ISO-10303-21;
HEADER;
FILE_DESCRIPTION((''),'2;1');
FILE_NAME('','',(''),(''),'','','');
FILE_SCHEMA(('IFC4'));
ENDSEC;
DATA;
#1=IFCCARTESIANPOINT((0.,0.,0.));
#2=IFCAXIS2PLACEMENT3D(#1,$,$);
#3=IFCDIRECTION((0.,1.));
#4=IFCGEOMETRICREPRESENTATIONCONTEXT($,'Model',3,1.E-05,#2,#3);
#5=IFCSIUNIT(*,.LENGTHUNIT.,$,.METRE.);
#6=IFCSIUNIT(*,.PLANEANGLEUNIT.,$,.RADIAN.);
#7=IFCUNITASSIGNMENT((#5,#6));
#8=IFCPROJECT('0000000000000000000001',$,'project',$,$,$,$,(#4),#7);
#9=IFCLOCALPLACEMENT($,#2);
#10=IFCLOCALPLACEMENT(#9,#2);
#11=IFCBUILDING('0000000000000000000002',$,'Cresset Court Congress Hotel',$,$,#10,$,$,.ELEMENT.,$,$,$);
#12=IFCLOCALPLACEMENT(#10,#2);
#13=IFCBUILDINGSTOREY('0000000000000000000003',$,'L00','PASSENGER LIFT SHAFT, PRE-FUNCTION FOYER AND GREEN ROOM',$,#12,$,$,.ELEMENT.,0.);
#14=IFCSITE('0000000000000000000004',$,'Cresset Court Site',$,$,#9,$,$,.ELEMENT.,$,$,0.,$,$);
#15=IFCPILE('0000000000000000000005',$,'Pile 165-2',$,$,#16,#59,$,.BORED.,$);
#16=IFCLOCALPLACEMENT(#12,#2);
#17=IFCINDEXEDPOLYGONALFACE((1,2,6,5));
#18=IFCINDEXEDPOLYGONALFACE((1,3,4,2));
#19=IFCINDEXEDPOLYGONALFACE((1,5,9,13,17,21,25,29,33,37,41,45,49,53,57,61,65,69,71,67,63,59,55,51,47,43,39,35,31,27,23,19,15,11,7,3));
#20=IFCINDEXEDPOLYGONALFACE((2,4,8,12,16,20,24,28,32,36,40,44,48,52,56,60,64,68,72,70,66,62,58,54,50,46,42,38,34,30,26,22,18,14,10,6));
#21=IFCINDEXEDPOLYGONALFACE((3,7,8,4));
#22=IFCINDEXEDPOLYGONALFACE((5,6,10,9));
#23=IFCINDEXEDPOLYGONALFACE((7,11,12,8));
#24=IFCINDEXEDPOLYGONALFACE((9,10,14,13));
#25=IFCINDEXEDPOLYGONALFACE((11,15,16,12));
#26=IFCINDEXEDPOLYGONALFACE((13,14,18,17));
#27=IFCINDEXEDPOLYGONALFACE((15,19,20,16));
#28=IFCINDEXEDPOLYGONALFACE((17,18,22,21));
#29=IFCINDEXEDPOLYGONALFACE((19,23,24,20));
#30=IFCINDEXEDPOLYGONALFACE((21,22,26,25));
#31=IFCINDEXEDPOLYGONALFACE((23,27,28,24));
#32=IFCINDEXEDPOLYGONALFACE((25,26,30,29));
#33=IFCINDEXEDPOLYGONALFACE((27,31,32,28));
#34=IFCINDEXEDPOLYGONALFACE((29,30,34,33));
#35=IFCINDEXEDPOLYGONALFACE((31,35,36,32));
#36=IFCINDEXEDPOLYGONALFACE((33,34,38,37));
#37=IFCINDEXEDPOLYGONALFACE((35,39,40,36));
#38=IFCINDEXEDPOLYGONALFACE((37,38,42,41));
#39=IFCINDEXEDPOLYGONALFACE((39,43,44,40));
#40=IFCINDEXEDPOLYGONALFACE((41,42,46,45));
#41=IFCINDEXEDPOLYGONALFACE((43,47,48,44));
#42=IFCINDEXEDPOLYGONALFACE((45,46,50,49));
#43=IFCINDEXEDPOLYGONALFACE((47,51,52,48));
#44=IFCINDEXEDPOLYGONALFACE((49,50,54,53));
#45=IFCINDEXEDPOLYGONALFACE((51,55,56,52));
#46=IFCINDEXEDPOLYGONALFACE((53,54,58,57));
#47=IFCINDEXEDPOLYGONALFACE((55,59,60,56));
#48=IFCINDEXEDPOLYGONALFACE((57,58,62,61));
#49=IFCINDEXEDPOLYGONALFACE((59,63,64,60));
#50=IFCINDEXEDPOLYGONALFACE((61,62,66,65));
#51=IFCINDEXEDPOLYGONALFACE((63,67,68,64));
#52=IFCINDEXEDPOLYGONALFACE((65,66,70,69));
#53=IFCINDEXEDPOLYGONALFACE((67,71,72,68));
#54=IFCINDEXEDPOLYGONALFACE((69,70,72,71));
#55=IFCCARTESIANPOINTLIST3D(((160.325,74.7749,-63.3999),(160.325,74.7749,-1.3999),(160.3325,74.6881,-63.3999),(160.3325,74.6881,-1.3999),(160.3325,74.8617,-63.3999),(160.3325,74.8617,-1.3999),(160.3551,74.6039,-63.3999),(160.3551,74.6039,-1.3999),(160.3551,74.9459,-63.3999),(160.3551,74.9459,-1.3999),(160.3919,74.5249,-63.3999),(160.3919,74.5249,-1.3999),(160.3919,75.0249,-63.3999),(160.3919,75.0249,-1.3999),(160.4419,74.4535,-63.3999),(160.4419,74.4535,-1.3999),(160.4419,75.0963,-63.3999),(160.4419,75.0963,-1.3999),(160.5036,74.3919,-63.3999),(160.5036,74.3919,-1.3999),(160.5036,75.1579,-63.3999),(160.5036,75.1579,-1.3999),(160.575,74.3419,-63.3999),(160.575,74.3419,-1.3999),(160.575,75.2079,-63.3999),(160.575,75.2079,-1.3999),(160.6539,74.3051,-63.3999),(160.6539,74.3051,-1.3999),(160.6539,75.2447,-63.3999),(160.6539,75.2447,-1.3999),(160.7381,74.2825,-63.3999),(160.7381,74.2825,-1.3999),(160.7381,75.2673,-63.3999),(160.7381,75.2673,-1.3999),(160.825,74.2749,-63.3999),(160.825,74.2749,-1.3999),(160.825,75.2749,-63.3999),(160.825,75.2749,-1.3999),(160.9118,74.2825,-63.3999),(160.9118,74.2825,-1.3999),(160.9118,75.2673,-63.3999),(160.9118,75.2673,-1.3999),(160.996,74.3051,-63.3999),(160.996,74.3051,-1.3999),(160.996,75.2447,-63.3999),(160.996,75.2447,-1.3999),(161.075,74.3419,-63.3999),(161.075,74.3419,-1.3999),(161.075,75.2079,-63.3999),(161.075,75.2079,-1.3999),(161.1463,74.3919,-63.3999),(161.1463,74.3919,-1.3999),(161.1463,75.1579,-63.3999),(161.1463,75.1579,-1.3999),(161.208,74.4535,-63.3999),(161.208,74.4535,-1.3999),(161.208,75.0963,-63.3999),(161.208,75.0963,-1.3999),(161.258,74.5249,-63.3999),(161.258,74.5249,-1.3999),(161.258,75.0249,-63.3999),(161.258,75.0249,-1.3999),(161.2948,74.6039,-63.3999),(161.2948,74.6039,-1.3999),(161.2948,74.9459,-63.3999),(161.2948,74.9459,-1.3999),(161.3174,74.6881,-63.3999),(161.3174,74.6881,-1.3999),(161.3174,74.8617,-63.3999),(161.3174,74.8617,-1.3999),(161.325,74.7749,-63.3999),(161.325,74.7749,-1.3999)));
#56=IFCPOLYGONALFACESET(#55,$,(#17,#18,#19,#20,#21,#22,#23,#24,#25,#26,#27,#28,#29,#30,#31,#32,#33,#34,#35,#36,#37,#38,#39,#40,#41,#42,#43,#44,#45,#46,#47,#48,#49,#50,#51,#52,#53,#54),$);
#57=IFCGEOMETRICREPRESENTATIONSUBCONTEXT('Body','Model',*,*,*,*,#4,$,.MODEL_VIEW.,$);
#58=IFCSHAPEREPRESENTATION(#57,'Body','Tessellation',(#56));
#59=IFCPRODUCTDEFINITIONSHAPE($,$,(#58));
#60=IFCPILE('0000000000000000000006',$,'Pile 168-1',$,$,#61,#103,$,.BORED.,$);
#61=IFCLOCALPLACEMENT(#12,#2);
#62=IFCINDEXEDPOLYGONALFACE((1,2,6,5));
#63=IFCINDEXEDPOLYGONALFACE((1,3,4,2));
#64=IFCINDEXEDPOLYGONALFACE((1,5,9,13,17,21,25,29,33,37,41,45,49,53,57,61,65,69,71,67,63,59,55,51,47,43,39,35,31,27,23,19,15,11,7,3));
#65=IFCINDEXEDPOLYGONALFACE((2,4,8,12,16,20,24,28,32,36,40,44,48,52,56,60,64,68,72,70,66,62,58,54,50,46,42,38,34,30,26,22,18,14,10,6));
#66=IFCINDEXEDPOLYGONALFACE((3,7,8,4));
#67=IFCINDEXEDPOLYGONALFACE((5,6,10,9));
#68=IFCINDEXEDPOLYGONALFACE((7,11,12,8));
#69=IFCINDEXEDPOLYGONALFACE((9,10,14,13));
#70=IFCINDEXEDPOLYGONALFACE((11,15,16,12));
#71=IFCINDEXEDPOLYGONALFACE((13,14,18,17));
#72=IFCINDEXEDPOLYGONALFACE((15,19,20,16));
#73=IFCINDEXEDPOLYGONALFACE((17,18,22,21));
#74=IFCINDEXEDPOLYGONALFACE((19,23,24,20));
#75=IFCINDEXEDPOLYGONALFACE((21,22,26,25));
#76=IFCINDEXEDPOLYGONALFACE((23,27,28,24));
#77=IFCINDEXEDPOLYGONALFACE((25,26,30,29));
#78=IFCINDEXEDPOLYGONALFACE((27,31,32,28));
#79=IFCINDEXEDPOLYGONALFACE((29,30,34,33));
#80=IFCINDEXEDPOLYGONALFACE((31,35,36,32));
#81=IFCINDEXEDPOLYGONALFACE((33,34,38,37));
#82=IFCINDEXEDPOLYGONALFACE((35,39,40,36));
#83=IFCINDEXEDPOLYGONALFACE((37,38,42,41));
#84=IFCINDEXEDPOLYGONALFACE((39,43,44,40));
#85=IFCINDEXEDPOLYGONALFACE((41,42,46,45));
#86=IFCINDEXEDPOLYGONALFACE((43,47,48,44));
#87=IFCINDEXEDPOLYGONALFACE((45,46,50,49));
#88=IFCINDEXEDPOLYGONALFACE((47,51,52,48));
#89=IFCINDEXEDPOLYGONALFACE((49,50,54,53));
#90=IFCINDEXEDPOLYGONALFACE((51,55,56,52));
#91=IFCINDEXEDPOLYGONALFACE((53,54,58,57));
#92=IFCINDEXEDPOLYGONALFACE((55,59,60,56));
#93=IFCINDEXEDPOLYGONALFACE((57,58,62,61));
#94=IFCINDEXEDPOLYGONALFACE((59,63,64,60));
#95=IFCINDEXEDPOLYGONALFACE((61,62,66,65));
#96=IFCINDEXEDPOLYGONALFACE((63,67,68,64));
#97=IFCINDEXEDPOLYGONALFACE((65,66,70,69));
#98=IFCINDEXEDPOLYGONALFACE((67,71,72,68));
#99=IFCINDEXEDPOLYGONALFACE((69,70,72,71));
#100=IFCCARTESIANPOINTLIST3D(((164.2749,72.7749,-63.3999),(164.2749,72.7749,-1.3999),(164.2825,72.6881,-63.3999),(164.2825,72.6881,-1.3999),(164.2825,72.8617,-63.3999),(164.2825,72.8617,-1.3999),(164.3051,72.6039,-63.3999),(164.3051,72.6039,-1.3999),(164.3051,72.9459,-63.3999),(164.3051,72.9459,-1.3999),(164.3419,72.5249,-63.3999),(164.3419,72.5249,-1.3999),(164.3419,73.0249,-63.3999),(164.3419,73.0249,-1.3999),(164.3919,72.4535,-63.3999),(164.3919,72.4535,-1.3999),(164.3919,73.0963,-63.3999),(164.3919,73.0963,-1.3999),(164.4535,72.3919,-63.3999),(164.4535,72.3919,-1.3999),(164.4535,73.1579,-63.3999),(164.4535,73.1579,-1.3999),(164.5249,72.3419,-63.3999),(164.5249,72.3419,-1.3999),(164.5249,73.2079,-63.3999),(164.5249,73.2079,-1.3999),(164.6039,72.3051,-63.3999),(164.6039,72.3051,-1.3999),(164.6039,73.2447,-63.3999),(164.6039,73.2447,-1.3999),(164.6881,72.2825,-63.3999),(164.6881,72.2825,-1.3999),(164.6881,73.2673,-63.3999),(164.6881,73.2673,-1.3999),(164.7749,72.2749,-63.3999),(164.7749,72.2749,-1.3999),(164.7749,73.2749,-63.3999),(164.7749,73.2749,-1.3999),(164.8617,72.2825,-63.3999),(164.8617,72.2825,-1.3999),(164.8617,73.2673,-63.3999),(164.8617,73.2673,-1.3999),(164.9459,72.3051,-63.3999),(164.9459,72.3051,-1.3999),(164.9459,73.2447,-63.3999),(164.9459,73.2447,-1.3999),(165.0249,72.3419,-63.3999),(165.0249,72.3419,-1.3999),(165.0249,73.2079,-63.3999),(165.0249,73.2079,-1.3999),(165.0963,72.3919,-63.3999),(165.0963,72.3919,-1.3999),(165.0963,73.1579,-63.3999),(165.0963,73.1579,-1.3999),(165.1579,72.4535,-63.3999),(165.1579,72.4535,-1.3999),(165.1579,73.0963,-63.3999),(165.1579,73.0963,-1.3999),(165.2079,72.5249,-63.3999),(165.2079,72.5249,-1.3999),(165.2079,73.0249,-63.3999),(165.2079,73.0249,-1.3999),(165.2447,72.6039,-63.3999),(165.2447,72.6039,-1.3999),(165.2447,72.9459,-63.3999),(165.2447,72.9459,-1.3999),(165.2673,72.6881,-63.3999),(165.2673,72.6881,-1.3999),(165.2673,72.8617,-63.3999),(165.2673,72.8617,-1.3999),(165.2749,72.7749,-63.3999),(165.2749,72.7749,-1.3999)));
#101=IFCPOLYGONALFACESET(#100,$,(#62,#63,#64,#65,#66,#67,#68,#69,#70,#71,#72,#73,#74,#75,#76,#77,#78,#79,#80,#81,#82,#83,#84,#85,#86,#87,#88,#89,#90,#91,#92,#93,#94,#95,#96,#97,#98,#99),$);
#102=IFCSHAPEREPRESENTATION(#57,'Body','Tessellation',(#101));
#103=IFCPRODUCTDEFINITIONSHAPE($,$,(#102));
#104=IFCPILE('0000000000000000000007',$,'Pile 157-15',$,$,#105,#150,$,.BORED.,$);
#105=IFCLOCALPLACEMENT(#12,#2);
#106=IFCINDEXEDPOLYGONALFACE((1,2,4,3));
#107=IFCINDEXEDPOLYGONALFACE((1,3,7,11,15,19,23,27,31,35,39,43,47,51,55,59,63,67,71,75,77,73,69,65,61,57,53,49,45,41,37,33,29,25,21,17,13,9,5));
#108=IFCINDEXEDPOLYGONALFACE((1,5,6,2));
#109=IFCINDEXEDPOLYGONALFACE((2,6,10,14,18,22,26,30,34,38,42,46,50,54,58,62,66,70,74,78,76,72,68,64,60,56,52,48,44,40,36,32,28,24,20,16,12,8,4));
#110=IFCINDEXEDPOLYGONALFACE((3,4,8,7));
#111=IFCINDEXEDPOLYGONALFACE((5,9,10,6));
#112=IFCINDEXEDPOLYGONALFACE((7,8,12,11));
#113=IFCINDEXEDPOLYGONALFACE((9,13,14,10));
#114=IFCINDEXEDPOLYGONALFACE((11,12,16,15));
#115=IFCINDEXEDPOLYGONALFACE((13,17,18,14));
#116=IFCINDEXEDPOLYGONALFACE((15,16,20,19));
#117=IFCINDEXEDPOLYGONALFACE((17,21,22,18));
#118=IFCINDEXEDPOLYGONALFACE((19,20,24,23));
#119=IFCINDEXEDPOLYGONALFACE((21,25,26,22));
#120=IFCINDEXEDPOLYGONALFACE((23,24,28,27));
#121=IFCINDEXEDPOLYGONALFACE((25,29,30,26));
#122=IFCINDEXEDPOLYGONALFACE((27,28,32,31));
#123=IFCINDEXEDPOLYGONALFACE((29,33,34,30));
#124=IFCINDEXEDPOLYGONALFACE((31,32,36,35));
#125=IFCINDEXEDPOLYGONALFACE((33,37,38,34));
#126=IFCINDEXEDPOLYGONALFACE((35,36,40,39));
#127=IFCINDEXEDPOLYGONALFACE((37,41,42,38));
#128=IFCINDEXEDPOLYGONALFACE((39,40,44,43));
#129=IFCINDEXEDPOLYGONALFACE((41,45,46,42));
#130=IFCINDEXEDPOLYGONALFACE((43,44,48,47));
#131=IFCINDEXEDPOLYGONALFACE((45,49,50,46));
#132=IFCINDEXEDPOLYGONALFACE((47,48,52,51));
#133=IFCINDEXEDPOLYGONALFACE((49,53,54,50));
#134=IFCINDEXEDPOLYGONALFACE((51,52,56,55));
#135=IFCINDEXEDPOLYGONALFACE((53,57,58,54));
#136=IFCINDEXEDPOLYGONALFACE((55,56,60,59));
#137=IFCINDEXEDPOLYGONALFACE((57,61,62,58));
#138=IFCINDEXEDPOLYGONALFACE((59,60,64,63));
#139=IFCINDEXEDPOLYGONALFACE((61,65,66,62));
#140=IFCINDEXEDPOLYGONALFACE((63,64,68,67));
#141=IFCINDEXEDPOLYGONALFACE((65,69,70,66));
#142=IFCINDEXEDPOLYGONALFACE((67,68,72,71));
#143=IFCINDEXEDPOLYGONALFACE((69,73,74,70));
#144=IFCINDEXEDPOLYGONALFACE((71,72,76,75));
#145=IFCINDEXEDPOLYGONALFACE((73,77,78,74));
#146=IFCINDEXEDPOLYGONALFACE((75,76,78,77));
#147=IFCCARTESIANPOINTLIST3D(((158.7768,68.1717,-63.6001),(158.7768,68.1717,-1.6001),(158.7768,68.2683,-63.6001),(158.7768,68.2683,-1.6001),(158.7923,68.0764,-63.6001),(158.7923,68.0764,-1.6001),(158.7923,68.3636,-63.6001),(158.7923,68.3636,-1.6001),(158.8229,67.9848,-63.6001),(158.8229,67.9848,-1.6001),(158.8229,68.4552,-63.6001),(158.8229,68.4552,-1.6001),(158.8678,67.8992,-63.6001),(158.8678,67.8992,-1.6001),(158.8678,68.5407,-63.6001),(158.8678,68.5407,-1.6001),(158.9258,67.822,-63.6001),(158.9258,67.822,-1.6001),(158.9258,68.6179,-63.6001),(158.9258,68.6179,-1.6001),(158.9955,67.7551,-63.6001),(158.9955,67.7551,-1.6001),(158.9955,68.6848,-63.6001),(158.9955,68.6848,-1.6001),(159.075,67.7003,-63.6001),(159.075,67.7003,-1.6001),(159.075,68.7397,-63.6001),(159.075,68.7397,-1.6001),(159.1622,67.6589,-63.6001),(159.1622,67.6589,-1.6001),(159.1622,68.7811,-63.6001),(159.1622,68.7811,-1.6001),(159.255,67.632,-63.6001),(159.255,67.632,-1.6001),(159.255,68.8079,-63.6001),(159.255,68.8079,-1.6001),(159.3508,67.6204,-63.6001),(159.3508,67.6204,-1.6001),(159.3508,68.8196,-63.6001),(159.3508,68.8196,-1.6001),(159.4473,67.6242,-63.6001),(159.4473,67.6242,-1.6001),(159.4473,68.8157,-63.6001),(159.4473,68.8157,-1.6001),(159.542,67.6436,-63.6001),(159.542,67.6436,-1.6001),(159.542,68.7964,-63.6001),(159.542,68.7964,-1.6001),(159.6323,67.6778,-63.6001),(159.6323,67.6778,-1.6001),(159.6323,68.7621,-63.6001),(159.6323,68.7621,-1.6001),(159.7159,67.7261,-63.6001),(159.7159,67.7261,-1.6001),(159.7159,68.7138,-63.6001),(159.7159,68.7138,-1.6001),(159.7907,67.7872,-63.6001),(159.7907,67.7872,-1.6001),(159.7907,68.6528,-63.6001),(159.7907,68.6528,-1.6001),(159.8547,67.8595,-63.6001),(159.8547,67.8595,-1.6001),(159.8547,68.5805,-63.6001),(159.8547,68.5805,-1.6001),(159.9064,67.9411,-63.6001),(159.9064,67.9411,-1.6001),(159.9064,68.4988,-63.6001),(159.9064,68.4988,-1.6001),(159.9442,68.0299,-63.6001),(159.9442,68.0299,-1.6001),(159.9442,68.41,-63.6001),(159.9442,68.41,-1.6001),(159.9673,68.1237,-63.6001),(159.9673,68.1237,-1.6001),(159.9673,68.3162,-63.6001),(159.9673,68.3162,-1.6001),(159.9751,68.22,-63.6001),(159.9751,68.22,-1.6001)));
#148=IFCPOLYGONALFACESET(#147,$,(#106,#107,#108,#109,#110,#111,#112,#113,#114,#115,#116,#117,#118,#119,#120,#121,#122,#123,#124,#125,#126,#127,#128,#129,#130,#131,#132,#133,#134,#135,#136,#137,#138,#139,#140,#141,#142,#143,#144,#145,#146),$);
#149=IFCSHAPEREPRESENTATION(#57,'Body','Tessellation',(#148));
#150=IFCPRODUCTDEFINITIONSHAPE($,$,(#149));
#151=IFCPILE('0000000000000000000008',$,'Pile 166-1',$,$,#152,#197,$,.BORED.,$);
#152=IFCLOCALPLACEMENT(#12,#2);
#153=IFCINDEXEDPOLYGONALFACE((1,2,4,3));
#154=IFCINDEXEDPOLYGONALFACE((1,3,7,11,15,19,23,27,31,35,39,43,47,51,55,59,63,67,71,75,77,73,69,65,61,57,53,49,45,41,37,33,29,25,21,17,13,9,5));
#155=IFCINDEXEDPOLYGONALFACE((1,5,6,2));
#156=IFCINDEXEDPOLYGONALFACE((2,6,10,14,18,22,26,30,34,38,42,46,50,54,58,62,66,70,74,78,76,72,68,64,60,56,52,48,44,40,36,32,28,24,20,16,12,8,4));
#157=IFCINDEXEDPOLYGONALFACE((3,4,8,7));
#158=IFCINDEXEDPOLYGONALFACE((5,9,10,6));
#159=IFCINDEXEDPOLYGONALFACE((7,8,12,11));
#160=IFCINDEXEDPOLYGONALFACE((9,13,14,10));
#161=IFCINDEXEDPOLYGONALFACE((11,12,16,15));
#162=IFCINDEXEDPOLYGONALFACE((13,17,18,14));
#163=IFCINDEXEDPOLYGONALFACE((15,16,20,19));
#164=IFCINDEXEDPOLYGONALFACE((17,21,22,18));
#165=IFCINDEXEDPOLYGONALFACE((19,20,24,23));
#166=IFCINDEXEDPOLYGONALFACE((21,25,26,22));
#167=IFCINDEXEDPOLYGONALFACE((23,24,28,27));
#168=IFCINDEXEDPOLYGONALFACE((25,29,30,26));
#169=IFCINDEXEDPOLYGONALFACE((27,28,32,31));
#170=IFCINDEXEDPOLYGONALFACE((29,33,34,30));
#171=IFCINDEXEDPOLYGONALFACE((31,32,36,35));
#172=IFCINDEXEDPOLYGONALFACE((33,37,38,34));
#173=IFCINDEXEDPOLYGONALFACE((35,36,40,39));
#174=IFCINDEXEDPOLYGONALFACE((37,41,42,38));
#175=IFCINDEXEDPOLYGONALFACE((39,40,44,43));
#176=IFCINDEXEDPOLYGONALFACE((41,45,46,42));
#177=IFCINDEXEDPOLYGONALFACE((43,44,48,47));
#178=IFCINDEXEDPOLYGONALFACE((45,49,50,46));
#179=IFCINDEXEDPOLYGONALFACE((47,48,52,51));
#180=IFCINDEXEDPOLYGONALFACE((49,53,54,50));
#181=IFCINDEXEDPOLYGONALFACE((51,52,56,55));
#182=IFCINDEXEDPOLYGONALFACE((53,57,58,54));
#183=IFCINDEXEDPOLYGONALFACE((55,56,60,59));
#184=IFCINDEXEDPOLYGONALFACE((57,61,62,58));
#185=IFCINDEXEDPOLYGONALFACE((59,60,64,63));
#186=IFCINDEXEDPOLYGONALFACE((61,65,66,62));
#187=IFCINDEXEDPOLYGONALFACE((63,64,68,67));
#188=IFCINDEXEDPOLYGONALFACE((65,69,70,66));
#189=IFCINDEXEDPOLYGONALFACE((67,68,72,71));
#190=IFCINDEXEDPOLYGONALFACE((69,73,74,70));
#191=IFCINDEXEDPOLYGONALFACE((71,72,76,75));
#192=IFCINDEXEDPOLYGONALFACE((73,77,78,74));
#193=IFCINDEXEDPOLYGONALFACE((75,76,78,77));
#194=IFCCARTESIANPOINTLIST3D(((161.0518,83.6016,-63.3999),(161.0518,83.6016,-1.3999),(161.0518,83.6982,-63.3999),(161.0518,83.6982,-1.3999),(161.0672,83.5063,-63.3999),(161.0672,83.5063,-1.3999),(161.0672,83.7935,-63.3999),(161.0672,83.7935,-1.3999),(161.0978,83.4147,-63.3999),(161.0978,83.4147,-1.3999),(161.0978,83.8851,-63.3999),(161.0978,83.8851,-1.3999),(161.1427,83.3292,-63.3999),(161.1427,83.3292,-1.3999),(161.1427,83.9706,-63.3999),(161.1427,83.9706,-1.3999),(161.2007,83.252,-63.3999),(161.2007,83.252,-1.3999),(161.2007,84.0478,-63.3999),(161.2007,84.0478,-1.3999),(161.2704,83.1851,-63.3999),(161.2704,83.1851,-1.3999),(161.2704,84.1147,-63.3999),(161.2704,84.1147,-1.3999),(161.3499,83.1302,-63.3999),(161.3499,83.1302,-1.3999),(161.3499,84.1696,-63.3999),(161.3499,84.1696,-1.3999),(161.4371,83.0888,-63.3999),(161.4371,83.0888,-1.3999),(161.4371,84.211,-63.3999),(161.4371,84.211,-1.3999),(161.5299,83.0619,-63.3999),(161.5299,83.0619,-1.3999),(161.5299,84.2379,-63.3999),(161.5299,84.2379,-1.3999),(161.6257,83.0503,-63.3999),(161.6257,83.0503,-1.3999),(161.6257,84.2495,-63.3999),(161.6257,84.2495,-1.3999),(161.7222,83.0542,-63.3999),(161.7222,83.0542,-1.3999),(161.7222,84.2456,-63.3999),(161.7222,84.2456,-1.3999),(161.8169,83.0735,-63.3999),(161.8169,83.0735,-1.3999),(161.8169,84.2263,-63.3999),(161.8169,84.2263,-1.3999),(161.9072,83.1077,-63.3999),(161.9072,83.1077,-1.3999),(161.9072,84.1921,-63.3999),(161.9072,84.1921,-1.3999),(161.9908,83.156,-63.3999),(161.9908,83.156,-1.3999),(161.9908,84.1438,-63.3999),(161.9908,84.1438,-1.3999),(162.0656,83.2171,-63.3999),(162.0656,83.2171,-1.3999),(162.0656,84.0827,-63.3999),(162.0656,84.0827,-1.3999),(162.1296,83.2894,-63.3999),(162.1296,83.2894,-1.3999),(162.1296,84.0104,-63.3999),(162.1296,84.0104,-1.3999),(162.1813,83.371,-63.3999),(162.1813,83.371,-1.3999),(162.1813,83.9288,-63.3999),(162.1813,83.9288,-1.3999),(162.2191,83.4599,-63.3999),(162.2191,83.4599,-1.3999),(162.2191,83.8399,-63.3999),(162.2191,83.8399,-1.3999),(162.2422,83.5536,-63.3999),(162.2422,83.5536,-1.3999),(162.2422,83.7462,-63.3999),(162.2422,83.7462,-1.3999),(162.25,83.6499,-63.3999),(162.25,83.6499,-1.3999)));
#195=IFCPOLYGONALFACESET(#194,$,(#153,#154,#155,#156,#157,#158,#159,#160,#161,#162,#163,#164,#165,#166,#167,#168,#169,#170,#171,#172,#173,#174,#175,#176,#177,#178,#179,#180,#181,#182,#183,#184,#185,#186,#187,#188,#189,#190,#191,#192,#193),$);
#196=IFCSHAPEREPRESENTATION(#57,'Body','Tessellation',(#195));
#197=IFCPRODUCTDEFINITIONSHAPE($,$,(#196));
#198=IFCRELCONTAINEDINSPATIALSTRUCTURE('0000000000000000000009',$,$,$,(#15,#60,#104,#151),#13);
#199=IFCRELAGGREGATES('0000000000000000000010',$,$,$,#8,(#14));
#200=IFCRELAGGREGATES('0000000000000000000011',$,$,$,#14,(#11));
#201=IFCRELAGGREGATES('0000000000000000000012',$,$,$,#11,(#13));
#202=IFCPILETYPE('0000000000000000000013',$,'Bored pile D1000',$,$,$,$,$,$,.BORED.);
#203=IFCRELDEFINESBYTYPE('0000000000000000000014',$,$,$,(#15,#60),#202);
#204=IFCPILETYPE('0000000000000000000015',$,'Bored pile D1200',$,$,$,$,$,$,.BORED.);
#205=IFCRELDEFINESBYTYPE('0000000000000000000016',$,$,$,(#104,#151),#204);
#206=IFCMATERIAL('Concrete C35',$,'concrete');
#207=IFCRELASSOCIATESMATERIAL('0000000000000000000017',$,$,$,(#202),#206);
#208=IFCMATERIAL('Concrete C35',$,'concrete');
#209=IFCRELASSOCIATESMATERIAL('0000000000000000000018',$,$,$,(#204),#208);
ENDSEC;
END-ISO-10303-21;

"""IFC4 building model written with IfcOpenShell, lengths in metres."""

from ifc_helpers import new_model, si_unit, direction, frame, origin, origin_2d, place, context, subcontext, project, spatial, circle, extrude, material, type_object, element, save


model = new_model("IFC4")

# Units and contexts
model_context = context("Model", 3, precision=1e-05, world=origin(), true_north=direction((0.0, 1.0)))
body_context = subcontext(model_context, "Body", "Model", "MODEL_VIEW")
ifc_project = project(units=[si_unit("LENGTHUNIT", "METRE"), si_unit("PLANEANGLEUNIT", "RADIAN")], contexts=[model_context])

# Site, building, storey
site_placement = place(None, origin())
site = spatial("IfcSite", under=ifc_project, at=site_placement, Name="Cresset Court Site", CompositionType="ELEMENT", RefElevation=0.0)
building_placement = place(site_placement, origin())
building = spatial("IfcBuilding", under=site, at=building_placement, Name="Cresset Court Congress Hotel", CompositionType="ELEMENT")
storey_placement = place(building_placement, origin())
storey = spatial("IfcBuildingStorey", under=building, at=storey_placement, Name="L00", Description="PASSENGER LIFT SHAFT, PRE-FUNCTION FOYER AND GREEN ROOM", CompositionType="ELEMENT", Elevation=0.0)

# Piles
ifc_material_1 = material(Name="Concrete C35", Category="concrete")
pile_type_1 = type_object("IfcPileType", Name="Bored pile D1000", PredefinedType="BORED", material=ifc_material_1)
for number, where, z_axis, x_axis, name in (
    (1, (160.825, 74.7749, -1.3999), (0.0, 0.0, -1.0), (1.0, 0.0, 0.0), "Pile 165-2"),
    (2, (164.7749, 72.7749, -1.3999), (0.0, 0.0, -1.0), (1.0, 0.0, 0.0), "Pile 168-1"),
):
    element("IfcPile", number, at=place(storey_placement, frame(where, z_axis=z_axis, x_axis=x_axis)), inside=storey, type_object=pile_type_1, Name=name, PredefinedType="BORED", context=body_context, shape_type="SweptSolid", body=[
        extrude(circle(Radius=0.5, at=origin_2d()), origin(), (0.0, 0.0, 1.0), 62.0),
    ])
ifc_material_2 = material(Name="Concrete C35", Category="concrete")
pile_type_2 = type_object("IfcPileType", Name="Bored pile D1200", PredefinedType="BORED", material=ifc_material_2)
for number, where, z_axis, x_axis, name in (
    (3, (159.375, 68.22, -1.6001), (0.0, 0.0, -1.0), (1.0, 0.0, 0.0), "Pile 157-15"),
    (4, (161.6499, 83.6499, -1.3999), (0.0, 0.0, -1.0), (1.0, 0.0, 0.0), "Pile 166-1"),
):
    element("IfcPile", number, at=place(storey_placement, frame(where, z_axis=z_axis, x_axis=x_axis)), inside=storey, type_object=pile_type_2, Name=name, PredefinedType="BORED", context=body_context, shape_type="SweptSolid", body=[
        extrude(circle(Radius=0.6001, at=origin_2d()), origin(), (0.0, 0.0, 1.0), 62.0),
    ])

save(model, "model.ifc")
